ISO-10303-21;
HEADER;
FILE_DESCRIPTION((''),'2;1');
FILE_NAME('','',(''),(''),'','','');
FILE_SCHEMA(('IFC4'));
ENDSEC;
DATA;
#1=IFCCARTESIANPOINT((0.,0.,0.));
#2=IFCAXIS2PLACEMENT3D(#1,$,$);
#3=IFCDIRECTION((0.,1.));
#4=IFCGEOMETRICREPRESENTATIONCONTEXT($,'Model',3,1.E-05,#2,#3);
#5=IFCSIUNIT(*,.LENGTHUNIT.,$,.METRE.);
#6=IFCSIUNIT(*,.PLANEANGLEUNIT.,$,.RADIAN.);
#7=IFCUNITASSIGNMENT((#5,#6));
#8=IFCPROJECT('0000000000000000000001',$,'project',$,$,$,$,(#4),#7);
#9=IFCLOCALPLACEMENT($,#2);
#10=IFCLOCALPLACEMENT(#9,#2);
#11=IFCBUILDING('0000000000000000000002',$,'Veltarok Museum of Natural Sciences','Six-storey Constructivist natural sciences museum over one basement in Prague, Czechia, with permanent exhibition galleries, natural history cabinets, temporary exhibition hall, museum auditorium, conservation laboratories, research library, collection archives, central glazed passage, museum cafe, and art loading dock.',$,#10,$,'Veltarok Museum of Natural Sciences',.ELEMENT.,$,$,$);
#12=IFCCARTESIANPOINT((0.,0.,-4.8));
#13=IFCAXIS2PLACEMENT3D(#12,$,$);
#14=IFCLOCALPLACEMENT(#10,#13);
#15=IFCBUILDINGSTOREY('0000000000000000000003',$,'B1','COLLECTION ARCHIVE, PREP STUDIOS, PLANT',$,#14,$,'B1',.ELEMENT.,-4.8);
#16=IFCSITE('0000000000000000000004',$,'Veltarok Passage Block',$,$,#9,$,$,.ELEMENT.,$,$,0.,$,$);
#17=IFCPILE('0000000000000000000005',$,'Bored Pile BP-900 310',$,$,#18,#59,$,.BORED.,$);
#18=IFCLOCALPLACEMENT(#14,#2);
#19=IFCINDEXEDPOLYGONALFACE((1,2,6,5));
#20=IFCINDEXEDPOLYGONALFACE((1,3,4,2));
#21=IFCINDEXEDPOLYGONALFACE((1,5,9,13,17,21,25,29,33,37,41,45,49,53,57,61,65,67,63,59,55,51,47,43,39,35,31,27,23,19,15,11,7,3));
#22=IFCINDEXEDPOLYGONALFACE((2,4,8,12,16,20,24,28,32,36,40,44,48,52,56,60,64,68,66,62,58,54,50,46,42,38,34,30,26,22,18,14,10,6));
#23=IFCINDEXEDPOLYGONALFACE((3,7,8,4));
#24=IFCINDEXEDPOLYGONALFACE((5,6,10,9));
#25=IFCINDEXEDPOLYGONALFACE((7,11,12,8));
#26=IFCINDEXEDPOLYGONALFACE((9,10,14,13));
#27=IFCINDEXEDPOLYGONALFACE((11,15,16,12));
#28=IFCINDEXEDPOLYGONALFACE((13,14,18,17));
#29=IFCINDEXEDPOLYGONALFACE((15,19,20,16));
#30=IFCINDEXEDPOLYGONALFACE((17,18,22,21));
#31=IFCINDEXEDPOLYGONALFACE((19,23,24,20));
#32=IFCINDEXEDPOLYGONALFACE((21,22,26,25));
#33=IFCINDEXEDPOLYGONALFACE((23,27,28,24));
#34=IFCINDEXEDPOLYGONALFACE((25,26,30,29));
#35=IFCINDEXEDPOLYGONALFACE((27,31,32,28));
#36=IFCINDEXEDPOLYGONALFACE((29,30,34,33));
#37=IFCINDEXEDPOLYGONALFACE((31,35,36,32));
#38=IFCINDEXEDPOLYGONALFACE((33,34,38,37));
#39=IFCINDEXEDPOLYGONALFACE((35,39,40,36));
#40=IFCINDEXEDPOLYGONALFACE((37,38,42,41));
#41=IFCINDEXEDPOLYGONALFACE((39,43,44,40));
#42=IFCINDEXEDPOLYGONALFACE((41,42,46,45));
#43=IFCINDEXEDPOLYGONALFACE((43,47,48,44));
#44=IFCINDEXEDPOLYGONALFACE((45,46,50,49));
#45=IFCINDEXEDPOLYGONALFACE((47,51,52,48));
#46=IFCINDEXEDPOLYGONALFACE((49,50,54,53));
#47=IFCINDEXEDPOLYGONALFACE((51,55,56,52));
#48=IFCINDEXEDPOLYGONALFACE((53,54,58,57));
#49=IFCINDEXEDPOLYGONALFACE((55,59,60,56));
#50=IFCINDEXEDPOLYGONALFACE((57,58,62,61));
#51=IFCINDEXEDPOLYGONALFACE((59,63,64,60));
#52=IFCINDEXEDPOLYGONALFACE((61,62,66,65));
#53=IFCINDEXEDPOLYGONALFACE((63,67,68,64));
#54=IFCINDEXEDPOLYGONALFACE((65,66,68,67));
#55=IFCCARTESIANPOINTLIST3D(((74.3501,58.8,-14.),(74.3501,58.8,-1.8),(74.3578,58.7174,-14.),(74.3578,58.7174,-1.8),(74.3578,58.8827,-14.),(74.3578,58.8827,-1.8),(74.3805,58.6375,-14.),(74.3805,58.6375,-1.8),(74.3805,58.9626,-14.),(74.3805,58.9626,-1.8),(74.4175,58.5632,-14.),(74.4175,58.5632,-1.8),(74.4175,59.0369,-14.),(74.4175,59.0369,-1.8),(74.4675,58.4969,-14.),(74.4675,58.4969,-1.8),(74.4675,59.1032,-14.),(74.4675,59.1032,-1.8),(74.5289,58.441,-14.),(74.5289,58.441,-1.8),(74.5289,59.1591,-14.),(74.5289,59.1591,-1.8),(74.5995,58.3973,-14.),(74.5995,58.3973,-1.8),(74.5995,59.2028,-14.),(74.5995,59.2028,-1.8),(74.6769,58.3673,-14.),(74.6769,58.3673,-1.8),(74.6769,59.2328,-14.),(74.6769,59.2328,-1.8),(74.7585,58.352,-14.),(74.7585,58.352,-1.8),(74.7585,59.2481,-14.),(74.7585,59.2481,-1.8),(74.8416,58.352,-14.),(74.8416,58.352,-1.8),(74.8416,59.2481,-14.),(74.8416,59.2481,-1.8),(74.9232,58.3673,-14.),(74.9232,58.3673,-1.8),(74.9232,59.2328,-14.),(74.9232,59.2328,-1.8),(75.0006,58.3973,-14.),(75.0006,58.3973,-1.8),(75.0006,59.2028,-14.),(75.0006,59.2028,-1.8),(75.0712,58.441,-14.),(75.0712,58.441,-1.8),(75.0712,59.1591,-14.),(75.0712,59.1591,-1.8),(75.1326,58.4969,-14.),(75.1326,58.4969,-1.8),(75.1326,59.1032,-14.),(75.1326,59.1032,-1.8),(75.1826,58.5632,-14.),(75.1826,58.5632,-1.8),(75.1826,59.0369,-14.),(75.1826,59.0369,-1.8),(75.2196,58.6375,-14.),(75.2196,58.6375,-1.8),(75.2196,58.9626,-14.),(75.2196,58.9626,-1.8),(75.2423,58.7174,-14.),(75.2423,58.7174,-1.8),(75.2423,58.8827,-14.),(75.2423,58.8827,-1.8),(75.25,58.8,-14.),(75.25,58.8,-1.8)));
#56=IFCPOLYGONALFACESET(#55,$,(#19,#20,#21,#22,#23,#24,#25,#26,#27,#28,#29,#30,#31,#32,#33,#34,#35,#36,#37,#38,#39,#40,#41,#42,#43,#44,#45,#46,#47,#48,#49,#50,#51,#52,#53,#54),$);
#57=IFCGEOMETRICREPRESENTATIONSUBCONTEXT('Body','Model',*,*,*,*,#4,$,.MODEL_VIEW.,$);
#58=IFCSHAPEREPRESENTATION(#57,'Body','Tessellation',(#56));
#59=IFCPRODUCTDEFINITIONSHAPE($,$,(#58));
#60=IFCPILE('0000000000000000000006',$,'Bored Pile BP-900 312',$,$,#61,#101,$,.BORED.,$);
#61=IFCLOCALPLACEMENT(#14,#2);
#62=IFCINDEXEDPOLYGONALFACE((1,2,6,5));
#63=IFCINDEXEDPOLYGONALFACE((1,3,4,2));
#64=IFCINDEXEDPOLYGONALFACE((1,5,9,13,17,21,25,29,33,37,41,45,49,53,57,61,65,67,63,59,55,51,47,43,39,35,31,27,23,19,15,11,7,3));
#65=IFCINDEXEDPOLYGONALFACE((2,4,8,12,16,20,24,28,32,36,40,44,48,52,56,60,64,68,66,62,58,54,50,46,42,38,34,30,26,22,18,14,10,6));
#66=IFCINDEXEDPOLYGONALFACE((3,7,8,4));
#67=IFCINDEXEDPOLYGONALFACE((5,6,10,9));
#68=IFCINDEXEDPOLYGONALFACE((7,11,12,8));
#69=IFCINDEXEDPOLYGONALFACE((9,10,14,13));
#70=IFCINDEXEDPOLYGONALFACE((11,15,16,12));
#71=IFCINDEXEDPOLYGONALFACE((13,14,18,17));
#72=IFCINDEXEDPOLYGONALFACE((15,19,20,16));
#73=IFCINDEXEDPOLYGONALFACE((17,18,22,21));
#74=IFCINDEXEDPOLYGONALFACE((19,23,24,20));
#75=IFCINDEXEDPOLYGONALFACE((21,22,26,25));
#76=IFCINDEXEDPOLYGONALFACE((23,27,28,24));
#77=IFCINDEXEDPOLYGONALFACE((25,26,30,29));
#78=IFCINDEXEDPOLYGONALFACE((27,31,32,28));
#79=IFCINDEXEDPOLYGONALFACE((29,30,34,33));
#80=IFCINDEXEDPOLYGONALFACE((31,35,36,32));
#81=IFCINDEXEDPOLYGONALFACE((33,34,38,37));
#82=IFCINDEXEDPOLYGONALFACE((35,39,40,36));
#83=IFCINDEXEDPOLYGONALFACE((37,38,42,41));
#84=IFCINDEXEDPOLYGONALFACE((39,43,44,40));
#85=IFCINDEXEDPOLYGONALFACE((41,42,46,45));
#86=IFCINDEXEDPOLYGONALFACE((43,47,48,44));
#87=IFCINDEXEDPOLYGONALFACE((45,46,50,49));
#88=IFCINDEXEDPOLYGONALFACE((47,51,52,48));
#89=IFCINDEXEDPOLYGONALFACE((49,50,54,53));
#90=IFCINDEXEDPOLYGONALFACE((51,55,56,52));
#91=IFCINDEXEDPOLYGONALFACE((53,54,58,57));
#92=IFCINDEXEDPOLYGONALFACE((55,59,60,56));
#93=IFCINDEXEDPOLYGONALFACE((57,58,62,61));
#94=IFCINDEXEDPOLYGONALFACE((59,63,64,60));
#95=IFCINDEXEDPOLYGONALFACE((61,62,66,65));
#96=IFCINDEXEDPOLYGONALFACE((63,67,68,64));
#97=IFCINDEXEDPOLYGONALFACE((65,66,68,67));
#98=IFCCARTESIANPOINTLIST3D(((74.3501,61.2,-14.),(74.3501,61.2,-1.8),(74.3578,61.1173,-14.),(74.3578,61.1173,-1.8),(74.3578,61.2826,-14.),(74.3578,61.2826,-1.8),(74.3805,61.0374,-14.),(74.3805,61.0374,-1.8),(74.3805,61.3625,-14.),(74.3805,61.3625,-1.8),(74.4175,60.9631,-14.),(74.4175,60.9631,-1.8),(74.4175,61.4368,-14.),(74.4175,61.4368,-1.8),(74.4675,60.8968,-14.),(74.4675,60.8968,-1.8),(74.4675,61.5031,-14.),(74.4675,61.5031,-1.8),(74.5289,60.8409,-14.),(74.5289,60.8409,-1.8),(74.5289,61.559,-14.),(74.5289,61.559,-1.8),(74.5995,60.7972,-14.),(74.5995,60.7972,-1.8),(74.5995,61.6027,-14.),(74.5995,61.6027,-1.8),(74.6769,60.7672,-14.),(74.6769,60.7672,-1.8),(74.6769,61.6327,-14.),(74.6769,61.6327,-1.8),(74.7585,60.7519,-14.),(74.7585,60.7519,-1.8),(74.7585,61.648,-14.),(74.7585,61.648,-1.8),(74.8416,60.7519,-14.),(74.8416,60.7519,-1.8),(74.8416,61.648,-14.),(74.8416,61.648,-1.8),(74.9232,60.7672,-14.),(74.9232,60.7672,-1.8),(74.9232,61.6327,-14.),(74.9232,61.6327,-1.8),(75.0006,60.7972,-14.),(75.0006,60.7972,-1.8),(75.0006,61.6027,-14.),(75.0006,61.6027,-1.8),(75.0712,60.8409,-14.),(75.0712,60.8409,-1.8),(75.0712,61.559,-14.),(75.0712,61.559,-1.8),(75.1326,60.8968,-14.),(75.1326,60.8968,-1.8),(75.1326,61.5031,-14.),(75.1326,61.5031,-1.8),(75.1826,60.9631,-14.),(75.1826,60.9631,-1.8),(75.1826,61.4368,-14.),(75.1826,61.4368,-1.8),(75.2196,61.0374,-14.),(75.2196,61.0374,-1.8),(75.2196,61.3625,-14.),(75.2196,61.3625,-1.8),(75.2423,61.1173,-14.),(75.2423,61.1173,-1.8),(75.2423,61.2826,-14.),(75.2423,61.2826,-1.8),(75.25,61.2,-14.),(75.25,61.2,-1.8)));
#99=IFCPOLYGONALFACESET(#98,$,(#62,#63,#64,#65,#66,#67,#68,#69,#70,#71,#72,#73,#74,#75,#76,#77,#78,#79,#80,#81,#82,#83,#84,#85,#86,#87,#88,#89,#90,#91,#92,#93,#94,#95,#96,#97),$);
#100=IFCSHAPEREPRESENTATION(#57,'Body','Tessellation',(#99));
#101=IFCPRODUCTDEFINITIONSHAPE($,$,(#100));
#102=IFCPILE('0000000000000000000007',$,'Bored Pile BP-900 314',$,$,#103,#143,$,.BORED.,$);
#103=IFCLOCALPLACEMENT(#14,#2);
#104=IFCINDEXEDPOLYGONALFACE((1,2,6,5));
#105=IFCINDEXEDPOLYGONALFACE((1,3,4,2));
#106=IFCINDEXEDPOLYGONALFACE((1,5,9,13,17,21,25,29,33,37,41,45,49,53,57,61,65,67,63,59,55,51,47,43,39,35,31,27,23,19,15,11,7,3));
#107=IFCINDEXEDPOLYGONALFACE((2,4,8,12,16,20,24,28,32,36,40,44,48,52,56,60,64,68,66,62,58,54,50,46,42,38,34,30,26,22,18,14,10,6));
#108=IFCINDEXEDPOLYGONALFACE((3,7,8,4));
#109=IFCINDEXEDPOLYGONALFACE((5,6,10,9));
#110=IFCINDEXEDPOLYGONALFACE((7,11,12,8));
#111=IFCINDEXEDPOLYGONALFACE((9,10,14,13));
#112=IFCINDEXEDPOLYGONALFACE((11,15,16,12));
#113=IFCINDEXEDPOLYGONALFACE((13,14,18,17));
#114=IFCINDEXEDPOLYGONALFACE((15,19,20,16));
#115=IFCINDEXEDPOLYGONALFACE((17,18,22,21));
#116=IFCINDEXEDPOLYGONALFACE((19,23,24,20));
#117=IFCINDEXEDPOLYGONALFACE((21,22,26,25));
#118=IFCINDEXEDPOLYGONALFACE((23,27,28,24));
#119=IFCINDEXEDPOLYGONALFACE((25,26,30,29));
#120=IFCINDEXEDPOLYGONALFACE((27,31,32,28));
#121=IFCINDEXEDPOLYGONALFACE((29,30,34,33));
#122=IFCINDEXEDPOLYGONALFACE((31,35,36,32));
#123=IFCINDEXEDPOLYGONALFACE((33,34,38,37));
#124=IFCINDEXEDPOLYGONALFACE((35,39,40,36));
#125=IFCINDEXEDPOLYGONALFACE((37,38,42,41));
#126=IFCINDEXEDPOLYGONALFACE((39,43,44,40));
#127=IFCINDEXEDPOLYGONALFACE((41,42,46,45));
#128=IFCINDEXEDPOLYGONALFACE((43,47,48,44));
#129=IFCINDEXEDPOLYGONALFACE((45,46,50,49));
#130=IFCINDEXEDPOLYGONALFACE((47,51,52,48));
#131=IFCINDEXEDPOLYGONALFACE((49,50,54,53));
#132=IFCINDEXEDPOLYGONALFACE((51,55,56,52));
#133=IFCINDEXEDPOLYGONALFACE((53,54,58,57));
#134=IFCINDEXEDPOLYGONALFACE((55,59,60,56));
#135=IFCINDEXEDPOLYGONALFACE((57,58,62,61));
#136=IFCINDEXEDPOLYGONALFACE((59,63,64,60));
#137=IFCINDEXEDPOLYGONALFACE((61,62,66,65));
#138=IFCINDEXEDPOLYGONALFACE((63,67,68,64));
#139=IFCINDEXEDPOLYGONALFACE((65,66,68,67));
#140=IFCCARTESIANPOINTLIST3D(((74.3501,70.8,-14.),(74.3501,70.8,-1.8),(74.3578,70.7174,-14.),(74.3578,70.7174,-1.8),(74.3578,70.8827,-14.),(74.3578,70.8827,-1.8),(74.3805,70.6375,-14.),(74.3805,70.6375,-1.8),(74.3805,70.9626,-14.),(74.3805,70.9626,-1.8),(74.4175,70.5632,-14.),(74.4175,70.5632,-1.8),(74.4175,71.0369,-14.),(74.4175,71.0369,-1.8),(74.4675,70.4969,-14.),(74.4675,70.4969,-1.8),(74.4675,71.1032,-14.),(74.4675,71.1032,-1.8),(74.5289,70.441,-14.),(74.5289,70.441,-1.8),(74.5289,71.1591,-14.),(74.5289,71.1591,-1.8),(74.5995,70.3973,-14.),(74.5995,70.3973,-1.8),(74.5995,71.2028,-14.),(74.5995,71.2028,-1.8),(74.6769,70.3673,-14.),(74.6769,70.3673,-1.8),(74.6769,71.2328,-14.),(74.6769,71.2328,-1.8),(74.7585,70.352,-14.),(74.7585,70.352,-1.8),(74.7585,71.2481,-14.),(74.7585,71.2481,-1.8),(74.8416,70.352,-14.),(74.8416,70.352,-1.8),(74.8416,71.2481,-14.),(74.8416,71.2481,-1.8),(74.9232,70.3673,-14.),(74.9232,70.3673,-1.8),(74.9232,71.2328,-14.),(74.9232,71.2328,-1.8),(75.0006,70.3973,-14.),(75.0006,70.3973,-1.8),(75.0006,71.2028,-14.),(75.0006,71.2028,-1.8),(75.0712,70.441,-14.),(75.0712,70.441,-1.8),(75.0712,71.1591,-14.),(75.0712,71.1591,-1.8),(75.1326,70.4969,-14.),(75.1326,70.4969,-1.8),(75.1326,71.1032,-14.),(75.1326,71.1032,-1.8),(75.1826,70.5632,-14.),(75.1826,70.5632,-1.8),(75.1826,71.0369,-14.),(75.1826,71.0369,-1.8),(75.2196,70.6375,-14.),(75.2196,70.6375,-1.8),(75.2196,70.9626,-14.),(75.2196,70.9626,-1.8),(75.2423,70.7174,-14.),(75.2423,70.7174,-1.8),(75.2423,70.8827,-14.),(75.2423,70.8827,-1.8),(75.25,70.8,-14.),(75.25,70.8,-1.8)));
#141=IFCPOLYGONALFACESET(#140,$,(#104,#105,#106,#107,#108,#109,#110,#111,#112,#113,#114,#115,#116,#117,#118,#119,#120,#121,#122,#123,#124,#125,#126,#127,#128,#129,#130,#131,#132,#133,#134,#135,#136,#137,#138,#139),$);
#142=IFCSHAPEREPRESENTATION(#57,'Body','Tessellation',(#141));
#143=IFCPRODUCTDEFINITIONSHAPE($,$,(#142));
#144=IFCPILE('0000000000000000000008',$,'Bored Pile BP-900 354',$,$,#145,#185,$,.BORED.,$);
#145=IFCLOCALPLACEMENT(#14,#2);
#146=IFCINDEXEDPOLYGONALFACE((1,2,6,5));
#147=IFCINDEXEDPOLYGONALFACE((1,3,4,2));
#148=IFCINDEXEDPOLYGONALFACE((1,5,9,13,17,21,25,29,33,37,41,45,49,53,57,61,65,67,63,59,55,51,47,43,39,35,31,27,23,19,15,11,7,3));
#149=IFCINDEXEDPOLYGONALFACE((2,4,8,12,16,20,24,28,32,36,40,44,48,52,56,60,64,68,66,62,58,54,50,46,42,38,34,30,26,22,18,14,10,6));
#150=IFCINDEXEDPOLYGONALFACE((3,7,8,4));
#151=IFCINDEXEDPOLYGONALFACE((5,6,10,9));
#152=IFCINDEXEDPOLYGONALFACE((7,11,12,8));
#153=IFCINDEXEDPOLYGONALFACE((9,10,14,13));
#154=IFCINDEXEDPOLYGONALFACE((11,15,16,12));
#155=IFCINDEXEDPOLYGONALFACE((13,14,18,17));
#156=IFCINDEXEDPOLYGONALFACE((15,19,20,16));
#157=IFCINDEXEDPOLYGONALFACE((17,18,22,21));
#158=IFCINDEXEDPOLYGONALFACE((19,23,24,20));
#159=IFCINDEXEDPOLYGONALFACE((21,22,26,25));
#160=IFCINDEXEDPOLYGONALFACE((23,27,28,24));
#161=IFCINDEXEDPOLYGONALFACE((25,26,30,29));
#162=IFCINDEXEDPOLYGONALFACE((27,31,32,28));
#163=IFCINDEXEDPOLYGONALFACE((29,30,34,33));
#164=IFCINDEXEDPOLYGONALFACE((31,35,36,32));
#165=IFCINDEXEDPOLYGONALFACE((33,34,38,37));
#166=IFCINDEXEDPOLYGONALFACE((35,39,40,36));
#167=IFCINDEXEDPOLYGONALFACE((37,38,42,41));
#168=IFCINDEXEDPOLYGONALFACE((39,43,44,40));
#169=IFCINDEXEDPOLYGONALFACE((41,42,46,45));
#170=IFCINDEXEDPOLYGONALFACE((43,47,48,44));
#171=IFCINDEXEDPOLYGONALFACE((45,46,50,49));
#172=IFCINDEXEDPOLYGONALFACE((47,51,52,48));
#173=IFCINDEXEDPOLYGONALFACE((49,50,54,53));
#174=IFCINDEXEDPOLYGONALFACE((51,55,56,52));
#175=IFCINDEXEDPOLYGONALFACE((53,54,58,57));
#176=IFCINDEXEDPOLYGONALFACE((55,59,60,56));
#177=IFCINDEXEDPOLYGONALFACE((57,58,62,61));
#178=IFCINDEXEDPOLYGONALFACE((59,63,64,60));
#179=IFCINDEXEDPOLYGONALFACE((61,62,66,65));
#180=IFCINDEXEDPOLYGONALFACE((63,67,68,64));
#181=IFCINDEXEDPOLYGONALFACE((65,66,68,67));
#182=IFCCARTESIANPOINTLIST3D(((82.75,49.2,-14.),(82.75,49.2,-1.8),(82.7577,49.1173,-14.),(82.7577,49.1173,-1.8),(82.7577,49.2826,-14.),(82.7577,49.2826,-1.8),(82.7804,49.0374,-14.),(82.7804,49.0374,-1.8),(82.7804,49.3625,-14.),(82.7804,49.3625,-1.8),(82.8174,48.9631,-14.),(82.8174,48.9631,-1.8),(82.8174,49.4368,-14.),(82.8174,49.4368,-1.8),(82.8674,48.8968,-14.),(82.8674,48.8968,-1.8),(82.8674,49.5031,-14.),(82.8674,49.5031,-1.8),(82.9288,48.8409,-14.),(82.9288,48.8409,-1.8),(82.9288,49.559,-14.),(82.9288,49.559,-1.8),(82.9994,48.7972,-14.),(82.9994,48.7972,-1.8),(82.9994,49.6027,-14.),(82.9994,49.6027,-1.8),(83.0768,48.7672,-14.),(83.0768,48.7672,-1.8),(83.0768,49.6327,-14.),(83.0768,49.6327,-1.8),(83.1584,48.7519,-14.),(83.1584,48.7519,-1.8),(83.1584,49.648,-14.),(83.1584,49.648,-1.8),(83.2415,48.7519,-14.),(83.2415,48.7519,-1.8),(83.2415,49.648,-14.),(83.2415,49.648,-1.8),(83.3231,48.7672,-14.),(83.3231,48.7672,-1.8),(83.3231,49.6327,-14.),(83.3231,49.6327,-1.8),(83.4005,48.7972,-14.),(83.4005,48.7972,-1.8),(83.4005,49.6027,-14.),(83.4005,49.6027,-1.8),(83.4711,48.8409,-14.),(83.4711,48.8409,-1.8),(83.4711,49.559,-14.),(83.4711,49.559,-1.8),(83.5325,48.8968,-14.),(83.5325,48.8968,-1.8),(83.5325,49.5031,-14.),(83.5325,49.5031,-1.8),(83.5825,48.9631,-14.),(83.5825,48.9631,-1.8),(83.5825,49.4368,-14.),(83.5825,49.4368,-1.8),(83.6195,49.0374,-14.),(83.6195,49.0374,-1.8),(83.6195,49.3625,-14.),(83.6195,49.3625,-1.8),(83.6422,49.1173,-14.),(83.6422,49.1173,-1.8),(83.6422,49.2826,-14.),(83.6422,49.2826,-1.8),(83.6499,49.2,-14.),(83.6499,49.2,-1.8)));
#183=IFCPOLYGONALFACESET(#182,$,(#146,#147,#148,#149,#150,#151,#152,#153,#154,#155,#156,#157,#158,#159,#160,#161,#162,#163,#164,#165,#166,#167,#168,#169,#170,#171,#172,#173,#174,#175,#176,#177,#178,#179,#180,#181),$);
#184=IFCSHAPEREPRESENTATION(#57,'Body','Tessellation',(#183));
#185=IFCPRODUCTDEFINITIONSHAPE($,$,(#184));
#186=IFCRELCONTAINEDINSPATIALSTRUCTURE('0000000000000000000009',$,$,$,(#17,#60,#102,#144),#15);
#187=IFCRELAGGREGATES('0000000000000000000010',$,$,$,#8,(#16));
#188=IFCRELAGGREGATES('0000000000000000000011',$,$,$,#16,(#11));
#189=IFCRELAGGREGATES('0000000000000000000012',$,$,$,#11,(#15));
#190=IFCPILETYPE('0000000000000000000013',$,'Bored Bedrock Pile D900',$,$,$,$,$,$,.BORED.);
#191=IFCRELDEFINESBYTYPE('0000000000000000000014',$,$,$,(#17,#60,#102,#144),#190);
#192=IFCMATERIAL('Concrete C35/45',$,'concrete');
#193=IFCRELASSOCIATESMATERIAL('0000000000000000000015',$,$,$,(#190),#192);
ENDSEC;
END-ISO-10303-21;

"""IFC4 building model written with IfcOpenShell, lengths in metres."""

from ifc_helpers import new_model, si_unit, direction, frame, origin, origin_2d, place, context, subcontext, project, spatial, circle, extrude, material, material_profile, profile_set, type_object, element, save


model = new_model("IFC4")

# Units and contexts
model_context = context("Model", 3, precision=1e-05, world=origin(), true_north=direction((0.0, 1.0)))
body_context = subcontext(model_context, "Body", "Model", "MODEL_VIEW")
ifc_project = project(units=[si_unit("LENGTHUNIT", "METRE"), si_unit("PLANEANGLEUNIT", "RADIAN")], contexts=[model_context])

# Site, building, storey
site_placement = place(None, origin())
site = spatial("IfcSite", under=ifc_project, at=site_placement, Name="Veltarok Passage Block", CompositionType="ELEMENT", RefElevation=0.0)
building_placement = place(site_placement, origin())
building = spatial("IfcBuilding", under=site, at=building_placement, Name="Veltarok Museum of Natural Sciences", Description="Six-storey Constructivist natural sciences museum over one basement in Prague, Czechia, with permanent exhibition galleries, natural history cabinets, temporary exhibition hall, museum auditorium, conservation laboratories, research library, collection archives, central glazed passage, museum cafe, and art loading dock.", LongName="Veltarok Museum of Natural Sciences", CompositionType="ELEMENT")
storey_placement = place(building_placement, frame((0.0, 0.0, -4.8)))
storey = spatial("IfcBuildingStorey", under=building, at=storey_placement, Name="B1", Description="COLLECTION ARCHIVE, PREP STUDIOS, PLANT", LongName="B1", CompositionType="ELEMENT", Elevation=-4.8)

# Piles
ifc_material_1 = material(Name="Concrete C35/45", Category="concrete")
ifc_material_profile_1 = material_profile(ifc_material_1, circle(Radius=0.45, at=origin_2d()), Name="BP D900")
ifc_profile_set_1 = profile_set([ifc_material_profile_1], Name="Concrete C35/45")
pile_type = type_object("IfcPileType", Name="Bored Bedrock Pile D900", PredefinedType="BORED", material=ifc_profile_set_1)
for number, where, z_axis, x_axis, name in (
    (1, (74.8, 58.8, -1.8), (0.0, 0.0, -1.0), (1.0, 0.0, 0.0), "Bored Pile BP-900 310"),
    (2, (74.8, 61.2, -1.8), (0.0, 0.0, -1.0), (1.0, 0.0, 0.0), "Bored Pile BP-900 312"),
    (3, (74.8, 70.8, -1.8), (0.0, 0.0, -1.0), (1.0, 0.0, 0.0), "Bored Pile BP-900 314"),
    (4, (83.2, 49.2, -1.8), (0.0, 0.0, -1.0), (1.0, 0.0, 0.0), "Bored Pile BP-900 354"),
):
    element("IfcPile", number, at=place(storey_placement, frame(where, z_axis=z_axis, x_axis=x_axis)), inside=storey, type_object=pile_type, Name=name, PredefinedType="BORED", context=body_context, shape_type="SweptSolid", body=[
        extrude(circle(Radius=0.45, at=origin_2d()), origin(), (0.0, 0.0, 1.0), 12.2),
    ])

save(model, "model.ifc")
